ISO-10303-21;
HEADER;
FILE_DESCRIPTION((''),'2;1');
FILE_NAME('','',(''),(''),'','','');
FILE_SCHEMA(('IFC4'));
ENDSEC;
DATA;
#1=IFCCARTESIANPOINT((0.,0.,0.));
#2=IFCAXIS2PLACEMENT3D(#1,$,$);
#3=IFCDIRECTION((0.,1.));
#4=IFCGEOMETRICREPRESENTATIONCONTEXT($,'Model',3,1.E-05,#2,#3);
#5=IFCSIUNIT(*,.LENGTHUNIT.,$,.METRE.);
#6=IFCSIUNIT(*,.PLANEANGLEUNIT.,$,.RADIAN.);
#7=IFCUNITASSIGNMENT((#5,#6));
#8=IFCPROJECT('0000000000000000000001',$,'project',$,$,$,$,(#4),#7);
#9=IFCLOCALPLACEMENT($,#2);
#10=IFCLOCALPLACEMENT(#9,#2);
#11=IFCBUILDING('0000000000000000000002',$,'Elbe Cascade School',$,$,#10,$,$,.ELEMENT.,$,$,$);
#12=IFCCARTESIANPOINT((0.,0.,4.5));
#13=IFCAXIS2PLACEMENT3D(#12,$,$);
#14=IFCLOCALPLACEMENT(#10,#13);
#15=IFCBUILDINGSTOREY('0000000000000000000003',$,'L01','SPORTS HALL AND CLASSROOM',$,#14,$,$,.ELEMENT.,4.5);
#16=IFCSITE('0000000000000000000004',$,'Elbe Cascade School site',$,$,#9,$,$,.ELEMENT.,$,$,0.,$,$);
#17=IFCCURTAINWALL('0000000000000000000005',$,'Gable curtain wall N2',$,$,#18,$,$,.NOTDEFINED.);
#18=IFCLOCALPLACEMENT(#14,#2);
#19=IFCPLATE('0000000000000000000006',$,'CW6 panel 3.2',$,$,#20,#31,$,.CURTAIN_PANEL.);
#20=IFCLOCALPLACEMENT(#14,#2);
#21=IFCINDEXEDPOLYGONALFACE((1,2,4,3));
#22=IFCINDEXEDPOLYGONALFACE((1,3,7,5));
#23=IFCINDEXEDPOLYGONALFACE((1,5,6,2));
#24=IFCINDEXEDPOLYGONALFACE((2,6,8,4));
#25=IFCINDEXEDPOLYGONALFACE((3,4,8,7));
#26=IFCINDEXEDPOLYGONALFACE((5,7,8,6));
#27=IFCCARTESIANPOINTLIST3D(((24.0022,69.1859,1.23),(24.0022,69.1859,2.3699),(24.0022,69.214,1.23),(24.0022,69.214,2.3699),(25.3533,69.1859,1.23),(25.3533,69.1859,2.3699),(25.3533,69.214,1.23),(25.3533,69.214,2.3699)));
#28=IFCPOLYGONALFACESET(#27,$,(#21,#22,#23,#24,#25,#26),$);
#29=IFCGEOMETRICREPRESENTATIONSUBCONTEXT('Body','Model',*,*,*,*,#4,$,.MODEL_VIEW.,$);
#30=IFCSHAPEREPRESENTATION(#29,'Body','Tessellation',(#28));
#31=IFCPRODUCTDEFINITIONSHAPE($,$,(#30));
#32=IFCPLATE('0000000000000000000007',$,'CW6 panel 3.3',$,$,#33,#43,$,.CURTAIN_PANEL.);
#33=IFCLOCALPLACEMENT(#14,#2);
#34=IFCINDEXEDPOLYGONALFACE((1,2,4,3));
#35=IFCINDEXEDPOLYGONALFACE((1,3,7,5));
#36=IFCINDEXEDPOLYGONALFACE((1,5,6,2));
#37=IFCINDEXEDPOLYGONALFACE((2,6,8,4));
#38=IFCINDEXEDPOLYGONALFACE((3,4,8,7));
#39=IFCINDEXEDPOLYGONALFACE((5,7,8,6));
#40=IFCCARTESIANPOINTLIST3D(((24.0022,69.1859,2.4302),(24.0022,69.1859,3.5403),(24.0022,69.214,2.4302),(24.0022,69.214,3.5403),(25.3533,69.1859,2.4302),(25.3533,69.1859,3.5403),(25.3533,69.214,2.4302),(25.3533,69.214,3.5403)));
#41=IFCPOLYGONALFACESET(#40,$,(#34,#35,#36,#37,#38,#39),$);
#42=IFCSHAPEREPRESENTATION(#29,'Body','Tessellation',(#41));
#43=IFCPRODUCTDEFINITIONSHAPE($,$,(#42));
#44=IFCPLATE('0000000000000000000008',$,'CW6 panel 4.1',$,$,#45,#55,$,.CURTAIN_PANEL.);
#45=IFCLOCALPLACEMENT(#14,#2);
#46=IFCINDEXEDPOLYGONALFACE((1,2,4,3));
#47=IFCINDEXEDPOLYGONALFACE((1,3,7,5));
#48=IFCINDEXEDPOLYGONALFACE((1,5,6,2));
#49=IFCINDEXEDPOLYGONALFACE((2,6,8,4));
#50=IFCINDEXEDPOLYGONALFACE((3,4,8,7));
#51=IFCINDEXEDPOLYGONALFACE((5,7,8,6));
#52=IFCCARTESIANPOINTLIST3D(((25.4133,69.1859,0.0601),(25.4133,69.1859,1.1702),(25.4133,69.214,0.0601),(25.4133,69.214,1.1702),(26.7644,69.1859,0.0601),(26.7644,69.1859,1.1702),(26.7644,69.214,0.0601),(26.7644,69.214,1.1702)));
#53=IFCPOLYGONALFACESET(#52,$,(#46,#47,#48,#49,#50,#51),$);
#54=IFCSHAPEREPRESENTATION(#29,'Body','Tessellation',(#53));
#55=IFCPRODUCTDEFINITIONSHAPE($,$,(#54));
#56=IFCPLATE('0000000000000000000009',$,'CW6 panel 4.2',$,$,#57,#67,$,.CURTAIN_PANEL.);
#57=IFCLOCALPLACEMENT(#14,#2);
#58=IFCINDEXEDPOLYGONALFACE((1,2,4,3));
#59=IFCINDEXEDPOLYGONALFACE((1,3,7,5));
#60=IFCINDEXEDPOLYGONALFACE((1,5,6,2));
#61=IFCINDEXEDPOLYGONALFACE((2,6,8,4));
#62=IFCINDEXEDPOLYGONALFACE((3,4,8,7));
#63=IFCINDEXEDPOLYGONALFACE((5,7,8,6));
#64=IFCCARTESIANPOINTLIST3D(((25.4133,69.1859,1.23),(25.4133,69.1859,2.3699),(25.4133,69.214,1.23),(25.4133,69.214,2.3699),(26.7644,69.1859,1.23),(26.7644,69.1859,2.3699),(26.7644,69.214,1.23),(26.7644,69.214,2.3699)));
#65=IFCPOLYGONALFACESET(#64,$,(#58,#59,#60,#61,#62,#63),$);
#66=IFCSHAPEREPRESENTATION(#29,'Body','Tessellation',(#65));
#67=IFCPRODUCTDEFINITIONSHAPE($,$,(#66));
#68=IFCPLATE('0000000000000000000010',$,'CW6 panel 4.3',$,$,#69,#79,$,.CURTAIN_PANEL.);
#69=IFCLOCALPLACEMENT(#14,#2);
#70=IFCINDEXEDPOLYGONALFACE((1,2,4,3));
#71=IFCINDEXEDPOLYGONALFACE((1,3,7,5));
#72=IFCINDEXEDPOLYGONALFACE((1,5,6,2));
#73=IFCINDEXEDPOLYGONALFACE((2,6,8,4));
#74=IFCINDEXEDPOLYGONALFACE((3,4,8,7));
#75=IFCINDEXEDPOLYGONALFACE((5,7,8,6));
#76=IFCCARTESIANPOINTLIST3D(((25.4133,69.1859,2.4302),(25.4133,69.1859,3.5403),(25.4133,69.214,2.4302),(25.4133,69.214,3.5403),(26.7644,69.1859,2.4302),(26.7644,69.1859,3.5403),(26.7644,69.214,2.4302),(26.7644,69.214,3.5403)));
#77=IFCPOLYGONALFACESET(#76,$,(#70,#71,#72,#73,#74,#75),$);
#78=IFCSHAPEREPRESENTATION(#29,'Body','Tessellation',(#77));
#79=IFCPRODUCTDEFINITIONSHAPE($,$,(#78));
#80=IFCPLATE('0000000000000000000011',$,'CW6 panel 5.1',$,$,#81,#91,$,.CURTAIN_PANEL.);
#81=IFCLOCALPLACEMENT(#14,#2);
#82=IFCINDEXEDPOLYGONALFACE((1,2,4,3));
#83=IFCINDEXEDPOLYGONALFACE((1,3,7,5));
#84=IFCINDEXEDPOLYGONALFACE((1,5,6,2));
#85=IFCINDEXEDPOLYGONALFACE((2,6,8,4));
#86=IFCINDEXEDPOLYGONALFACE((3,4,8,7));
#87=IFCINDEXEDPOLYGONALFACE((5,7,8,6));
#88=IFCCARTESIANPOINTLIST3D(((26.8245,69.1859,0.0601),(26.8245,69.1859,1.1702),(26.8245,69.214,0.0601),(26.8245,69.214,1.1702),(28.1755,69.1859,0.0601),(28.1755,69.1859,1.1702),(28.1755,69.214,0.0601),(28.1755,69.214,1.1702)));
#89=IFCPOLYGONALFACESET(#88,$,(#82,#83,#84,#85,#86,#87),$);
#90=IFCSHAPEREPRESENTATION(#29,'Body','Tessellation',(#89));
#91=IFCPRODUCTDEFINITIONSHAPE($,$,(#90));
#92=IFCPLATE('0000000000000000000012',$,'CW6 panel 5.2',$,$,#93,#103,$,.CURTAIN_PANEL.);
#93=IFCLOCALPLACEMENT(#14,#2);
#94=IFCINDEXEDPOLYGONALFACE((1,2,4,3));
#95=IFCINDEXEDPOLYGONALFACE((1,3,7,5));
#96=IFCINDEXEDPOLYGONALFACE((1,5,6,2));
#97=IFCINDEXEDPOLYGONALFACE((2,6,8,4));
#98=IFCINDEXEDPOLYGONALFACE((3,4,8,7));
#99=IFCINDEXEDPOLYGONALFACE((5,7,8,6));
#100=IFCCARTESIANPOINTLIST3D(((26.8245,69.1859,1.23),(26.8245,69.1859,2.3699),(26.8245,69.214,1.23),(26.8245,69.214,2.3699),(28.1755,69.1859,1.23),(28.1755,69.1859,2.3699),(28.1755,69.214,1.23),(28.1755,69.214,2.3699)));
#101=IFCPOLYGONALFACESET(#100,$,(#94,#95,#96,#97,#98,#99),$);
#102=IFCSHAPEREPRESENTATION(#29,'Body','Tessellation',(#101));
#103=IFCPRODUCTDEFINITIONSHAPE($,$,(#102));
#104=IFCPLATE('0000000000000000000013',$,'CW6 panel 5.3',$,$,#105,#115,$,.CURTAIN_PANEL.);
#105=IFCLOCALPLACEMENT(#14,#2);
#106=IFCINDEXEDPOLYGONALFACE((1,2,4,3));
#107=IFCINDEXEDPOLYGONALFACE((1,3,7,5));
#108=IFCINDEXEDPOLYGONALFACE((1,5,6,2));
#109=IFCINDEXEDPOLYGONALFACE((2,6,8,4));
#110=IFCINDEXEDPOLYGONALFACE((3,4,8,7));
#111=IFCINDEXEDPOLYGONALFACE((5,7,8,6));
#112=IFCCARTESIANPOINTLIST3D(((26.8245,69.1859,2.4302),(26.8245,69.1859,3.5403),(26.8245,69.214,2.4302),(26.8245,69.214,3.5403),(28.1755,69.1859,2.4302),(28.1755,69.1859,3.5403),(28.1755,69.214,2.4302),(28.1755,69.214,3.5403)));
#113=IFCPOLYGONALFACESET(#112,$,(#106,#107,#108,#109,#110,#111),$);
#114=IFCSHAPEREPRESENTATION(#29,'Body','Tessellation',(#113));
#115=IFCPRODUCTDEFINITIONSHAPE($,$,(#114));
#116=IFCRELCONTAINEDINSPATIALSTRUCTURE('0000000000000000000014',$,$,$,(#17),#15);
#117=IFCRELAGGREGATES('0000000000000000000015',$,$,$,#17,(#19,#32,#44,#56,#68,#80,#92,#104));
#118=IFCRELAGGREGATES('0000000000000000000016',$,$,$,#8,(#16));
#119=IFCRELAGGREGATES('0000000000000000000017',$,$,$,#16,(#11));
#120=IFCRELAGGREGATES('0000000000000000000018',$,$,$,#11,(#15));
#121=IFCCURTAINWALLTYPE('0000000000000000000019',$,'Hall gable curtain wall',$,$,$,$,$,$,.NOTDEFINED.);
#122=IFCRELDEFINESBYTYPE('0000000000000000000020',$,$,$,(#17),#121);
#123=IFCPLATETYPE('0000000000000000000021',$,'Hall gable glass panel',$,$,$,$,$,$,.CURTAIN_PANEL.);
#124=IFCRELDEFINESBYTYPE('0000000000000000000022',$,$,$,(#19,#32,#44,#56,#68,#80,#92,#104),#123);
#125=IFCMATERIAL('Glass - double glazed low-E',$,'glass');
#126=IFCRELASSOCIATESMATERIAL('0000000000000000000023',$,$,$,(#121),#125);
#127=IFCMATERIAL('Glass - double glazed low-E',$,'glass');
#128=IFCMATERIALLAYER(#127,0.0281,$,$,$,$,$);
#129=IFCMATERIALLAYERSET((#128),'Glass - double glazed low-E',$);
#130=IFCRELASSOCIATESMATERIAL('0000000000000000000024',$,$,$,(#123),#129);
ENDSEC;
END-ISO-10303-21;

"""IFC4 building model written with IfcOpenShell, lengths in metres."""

from ifc_helpers import new_model, si_unit, direction, frame, origin, origin_2d, place, context, subcontext, project, spatial, rectangle, extrude, material, layer, layer_set, type_object, element, aggregate, save


model = new_model("IFC4")

# Units and contexts
model_context = context("Model", 3, precision=1e-05, world=origin(), true_north=direction((0.0, 1.0)))
body_context = subcontext(model_context, "Body", "Model", "MODEL_VIEW")
ifc_project = project(units=[si_unit("LENGTHUNIT", "METRE"), si_unit("PLANEANGLEUNIT", "RADIAN")], contexts=[model_context])

# Site, building, storey
site_placement = place(None, origin())
site = spatial("IfcSite", under=ifc_project, at=site_placement, Name="Elbe Cascade School site", CompositionType="ELEMENT", RefElevation=0.0)
building_placement = place(site_placement, origin())
building = spatial("IfcBuilding", under=site, at=building_placement, Name="Elbe Cascade School", CompositionType="ELEMENT")
storey_placement = place(building_placement, frame((0.0, 0.0, 4.5)))
storey = spatial("IfcBuildingStorey", under=building, at=storey_placement, Name="L01", Description="SPORTS HALL AND CLASSROOM", CompositionType="ELEMENT", Elevation=4.5)

# Curtain wall, plates
ifc_material_1 = material(Name="Glass - double glazed low-E", Category="glass")
curtain_wall_type = type_object("IfcCurtainWallType", Name="Hall gable curtain wall", PredefinedType="NOTDEFINED", material=ifc_material_1)
curtain_wall_placement = place(storey_placement, origin())
curtain_wall = element("IfcCurtainWall", 1, at=curtain_wall_placement, inside=storey, type_object=curtain_wall_type, Name="Gable curtain wall N2", PredefinedType="NOTDEFINED")
ifc_material_2 = material(Name="Glass - double glazed low-E", Category="glass")
ifc_layer = layer(ifc_material_2, 0.0281)
ifc_layer_set = layer_set([ifc_layer], Name="Glass - double glazed low-E")
plate_type = type_object("IfcPlateType", Name="Hall gable glass panel", PredefinedType="CURTAIN_PANEL", material=ifc_layer_set)
plate_1_placement = place(storey_placement, frame((24.6777, 69.2, 1.23), z_axis=(0.0, 0.0, 1.0), x_axis=(1.0, 0.0, 0.0)))
plate_1 = element("IfcPlate", 2, at=plate_1_placement, type_object=plate_type, Name="CW6 panel 3.2", PredefinedType="CURTAIN_PANEL", context=body_context, shape_type="SweptSolid", body=[
    extrude(rectangle(XDim=1.3511, YDim=0.0281, at=origin_2d()), origin(), (0.0, 0.0, 1.0), 1.1399),
])
plate_2_placement = place(storey_placement, frame((24.6777, 69.2, 2.4302), z_axis=(0.0, 0.0, 1.0), x_axis=(1.0, 0.0, 0.0)))
plate_2 = element("IfcPlate", 3, at=plate_2_placement, type_object=plate_type, Name="CW6 panel 3.3", PredefinedType="CURTAIN_PANEL", context=body_context, shape_type="SweptSolid", body=[
    extrude(rectangle(XDim=1.3511, YDim=0.0281, at=origin_2d()), origin(), (0.0, 0.0, 1.0), 1.1101),
])
plate_3_placement = place(storey_placement, frame((26.0889, 69.2, 0.0601), z_axis=(0.0, 0.0, 1.0), x_axis=(1.0, 0.0, 0.0)))
plate_3 = element("IfcPlate", 4, at=plate_3_placement, type_object=plate_type, Name="CW6 panel 4.1", PredefinedType="CURTAIN_PANEL", context=body_context, shape_type="SweptSolid", body=[
    extrude(rectangle(XDim=1.3511, YDim=0.0281, at=origin_2d()), origin(), (0.0, 0.0, 1.0), 1.1101),
])
plate_4_placement = place(storey_placement, frame((26.0889, 69.2, 1.23), z_axis=(0.0, 0.0, 1.0), x_axis=(1.0, 0.0, 0.0)))
plate_4 = element("IfcPlate", 5, at=plate_4_placement, type_object=plate_type, Name="CW6 panel 4.2", PredefinedType="CURTAIN_PANEL", context=body_context, shape_type="SweptSolid", body=[
    extrude(rectangle(XDim=1.3511, YDim=0.0281, at=origin_2d()), origin(), (0.0, 0.0, 1.0), 1.1399),
])
plate_5_placement = place(storey_placement, frame((26.0889, 69.2, 2.4302), z_axis=(0.0, 0.0, 1.0), x_axis=(1.0, 0.0, 0.0)))
plate_5 = element("IfcPlate", 6, at=plate_5_placement, type_object=plate_type, Name="CW6 panel 4.3", PredefinedType="CURTAIN_PANEL", context=body_context, shape_type="SweptSolid", body=[
    extrude(rectangle(XDim=1.3511, YDim=0.0281, at=origin_2d()), origin(), (0.0, 0.0, 1.0), 1.1101),
])
plate_6_placement = place(storey_placement, frame((27.5, 69.2, 0.0601), z_axis=(0.0, 0.0, 1.0), x_axis=(1.0, 0.0, 0.0)))
plate_6 = element("IfcPlate", 7, at=plate_6_placement, type_object=plate_type, Name="CW6 panel 5.1", PredefinedType="CURTAIN_PANEL", context=body_context, shape_type="SweptSolid", body=[
    extrude(rectangle(XDim=1.3511, YDim=0.0281, at=origin_2d()), origin(), (0.0, 0.0, 1.0), 1.1101),
])
plate_7_placement = place(storey_placement, frame((27.5, 69.2, 1.23), z_axis=(0.0, 0.0, 1.0), x_axis=(1.0, 0.0, 0.0)))
plate_7 = element("IfcPlate", 8, at=plate_7_placement, type_object=plate_type, Name="CW6 panel 5.2", PredefinedType="CURTAIN_PANEL", context=body_context, shape_type="SweptSolid", body=[
    extrude(rectangle(XDim=1.3511, YDim=0.0281, at=origin_2d()), origin(), (0.0, 0.0, 1.0), 1.1399),
])
plate_8_placement = place(storey_placement, frame((27.5, 69.2, 2.4302), z_axis=(0.0, 0.0, 1.0), x_axis=(1.0, 0.0, 0.0)))
plate_8 = element("IfcPlate", 9, at=plate_8_placement, type_object=plate_type, Name="CW6 panel 5.3", PredefinedType="CURTAIN_PANEL", context=body_context, shape_type="SweptSolid", body=[
    extrude(rectangle(XDim=1.3511, YDim=0.0281, at=origin_2d()), origin(), (0.0, 0.0, 1.0), 1.1101),
])
aggregate(curtain_wall, [plate_1, plate_2, plate_3, plate_4, plate_5, plate_6, plate_7, plate_8])

save(model, "model.ifc")
